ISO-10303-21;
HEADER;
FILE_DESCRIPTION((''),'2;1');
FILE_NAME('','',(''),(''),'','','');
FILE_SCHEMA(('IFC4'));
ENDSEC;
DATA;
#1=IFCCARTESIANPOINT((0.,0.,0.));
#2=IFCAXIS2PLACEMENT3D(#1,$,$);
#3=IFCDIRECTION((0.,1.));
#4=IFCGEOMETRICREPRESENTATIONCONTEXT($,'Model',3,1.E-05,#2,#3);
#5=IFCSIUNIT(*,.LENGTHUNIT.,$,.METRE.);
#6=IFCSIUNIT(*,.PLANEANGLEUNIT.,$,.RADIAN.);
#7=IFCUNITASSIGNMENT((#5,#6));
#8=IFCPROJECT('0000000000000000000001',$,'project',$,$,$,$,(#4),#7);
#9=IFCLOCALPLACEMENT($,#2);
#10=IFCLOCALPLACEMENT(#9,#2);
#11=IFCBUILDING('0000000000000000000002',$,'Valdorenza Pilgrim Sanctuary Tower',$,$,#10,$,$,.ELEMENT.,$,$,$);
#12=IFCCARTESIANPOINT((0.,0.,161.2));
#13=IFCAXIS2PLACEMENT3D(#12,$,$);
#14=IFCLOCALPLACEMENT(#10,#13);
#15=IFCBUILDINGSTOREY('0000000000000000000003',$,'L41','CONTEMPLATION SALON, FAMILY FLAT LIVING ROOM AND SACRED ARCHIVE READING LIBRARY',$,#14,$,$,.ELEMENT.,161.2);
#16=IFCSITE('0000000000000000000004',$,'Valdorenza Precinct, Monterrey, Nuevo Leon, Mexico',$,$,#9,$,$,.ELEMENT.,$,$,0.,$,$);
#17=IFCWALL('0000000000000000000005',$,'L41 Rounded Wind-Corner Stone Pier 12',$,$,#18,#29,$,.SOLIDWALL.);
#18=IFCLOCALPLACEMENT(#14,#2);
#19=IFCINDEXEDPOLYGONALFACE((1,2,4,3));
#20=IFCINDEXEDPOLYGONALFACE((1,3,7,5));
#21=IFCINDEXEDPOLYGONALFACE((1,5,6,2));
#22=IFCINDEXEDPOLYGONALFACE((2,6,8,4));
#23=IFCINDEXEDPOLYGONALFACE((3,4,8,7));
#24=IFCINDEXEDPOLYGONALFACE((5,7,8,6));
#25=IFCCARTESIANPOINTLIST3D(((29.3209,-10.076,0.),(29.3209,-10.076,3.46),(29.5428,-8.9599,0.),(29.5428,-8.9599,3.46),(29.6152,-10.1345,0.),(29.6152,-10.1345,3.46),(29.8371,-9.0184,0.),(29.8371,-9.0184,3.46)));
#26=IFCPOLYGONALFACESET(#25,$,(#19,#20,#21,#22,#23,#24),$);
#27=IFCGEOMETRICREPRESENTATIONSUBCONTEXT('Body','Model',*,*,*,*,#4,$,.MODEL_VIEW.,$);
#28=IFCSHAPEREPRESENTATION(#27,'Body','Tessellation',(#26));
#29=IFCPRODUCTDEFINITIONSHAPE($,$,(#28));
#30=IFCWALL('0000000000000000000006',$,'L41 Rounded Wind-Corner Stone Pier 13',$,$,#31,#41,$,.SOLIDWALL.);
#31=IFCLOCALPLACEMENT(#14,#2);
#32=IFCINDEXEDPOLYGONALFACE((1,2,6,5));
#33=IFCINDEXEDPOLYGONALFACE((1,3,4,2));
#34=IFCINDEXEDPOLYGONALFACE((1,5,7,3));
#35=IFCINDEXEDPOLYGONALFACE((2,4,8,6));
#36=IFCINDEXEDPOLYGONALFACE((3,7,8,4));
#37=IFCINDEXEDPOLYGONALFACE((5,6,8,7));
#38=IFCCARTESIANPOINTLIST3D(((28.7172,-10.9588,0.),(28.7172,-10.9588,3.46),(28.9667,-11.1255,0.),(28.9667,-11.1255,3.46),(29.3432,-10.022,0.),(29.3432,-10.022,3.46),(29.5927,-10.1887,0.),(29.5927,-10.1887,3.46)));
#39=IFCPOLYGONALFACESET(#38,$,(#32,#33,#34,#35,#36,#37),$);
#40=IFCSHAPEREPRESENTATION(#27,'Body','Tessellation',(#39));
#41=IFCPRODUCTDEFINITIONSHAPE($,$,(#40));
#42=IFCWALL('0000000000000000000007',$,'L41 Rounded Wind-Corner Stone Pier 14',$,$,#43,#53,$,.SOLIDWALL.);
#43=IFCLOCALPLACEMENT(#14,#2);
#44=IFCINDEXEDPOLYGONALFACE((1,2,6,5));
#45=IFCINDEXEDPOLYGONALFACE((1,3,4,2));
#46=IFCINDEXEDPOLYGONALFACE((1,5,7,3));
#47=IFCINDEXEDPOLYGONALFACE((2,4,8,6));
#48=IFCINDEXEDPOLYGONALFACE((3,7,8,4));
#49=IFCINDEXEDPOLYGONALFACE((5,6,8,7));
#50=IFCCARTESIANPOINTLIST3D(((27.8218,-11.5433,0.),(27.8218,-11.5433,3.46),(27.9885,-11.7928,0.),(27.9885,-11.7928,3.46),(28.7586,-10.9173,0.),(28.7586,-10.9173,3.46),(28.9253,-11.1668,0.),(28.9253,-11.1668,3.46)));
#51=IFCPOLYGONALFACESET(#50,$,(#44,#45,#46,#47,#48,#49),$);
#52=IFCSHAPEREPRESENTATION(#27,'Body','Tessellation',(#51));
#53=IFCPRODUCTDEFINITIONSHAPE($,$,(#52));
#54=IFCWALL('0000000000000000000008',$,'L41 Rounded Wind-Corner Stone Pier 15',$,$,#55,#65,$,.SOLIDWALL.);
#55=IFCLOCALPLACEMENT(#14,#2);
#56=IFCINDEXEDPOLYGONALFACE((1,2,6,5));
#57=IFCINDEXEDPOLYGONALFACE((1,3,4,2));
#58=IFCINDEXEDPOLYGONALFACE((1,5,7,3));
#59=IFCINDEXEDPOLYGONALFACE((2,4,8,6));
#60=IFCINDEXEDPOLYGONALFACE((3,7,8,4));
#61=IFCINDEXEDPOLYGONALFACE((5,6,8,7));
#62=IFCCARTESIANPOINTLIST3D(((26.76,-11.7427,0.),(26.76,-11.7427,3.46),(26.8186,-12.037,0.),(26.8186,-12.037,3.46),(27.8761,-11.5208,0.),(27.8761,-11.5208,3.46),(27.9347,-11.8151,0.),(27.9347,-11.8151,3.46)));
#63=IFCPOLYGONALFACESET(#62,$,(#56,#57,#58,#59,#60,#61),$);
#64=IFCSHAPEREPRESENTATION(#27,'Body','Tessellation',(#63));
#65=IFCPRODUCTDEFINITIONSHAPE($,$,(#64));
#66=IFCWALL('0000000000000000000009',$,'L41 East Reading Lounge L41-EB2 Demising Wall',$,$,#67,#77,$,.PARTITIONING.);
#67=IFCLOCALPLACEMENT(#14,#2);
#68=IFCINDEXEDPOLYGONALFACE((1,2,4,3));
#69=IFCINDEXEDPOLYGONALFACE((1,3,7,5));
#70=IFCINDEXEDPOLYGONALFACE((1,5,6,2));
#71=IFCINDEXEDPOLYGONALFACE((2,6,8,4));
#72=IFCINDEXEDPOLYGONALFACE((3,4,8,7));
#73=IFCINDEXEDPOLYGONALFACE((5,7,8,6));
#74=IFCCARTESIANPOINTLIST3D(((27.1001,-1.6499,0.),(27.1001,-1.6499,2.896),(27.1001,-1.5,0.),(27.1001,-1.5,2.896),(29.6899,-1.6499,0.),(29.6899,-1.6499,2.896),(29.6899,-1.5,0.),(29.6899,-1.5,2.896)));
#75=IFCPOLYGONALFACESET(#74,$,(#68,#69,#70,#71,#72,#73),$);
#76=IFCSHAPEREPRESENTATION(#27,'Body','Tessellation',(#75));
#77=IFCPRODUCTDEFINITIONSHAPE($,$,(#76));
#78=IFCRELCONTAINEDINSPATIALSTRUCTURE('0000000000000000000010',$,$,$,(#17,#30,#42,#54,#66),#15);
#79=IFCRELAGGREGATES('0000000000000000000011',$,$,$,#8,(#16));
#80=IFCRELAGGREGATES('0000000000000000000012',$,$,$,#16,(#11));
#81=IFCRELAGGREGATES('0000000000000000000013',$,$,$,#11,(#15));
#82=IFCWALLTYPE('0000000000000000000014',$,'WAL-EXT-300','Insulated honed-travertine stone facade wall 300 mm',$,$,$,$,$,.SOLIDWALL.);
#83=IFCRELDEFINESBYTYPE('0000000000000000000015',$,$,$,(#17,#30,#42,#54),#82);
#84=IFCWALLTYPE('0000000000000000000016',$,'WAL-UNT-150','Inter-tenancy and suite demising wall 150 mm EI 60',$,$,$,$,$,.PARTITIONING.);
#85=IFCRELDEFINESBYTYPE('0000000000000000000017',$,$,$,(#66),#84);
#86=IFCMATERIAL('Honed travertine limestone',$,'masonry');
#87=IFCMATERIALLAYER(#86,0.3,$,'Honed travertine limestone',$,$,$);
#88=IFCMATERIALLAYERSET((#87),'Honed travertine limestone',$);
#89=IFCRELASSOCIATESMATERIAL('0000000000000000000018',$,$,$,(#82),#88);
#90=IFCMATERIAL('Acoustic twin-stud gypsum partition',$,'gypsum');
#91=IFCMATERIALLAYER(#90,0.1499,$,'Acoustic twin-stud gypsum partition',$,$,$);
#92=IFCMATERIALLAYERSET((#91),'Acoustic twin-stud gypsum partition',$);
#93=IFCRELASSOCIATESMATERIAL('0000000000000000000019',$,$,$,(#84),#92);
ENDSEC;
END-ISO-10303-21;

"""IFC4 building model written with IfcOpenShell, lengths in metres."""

from ifc_helpers import new_model, si_unit, direction, frame, frame_2d, origin, place, context, subcontext, project, spatial, rectangle, extrude, material, layer, layer_set, type_object, element, save


model = new_model("IFC4")

# Units and contexts
model_context = context("Model", 3, precision=1e-05, world=origin(), true_north=direction((0.0, 1.0)))
body_context = subcontext(model_context, "Body", "Model", "MODEL_VIEW")
ifc_project = project(units=[si_unit("LENGTHUNIT", "METRE"), si_unit("PLANEANGLEUNIT", "RADIAN")], contexts=[model_context])

# Site, building, storey
site_placement = place(None, origin())
site = spatial("IfcSite", under=ifc_project, at=site_placement, Name="Valdorenza Precinct, Monterrey, Nuevo Leon, Mexico", CompositionType="ELEMENT", RefElevation=0.0)
building_placement = place(site_placement, origin())
building = spatial("IfcBuilding", under=site, at=building_placement, Name="Valdorenza Pilgrim Sanctuary Tower", CompositionType="ELEMENT")
storey_placement = place(building_placement, frame((0.0, 0.0, 161.2)))
storey = spatial("IfcBuildingStorey", under=building, at=storey_placement, Name="L41", Description="CONTEMPLATION SALON, FAMILY FLAT LIVING ROOM AND SACRED ARCHIVE READING LIBRARY", CompositionType="ELEMENT", Elevation=161.2)

# Shared definitions
ifc_material_1 = material(Name="Honed travertine limestone", Category="masonry")

# Shared definitions
ifc_material_2 = material(Name="Acoustic twin-stud gypsum partition", Category="gypsum")

# Walls
ifc_layer_1 = layer(ifc_material_1, 0.3, Name="Honed travertine limestone")
ifc_layer_set_1 = layer_set([ifc_layer_1], Name="Honed travertine limestone")
wall_type_1 = type_object("IfcWallType", Name="WAL-EXT-300", Description="Insulated honed-travertine stone facade wall 300 mm", PredefinedType="SOLIDWALL", material=ifc_layer_set_1)
wall_1_placement = place(storey_placement, frame((29.6899, -8.9893, 0.0), z_axis=(0.0, 0.0, 1.0), x_axis=(-0.195043, -0.980795, 0.0)))
element("IfcWall", 1, at=wall_1_placement, inside=storey, type_object=wall_type_1, Name="L41 Rounded Wind-Corner Stone Pier 12", PredefinedType="SOLIDWALL", context=body_context, shape_type="SweptSolid", body=[
    extrude(rectangle(XDim=1.1379, YDim=0.3, at=frame_2d((0.5688, 0.0))), origin(), (0.0, 0.0, 1.0), 3.46),
])
for number, where, z_axis, x_axis, name in (
    (2, (29.468, -10.1052, 0.0), (0.0, 0.0, 1.0), (-0.5556, -0.83145, 0.0), "L41 Rounded Wind-Corner Stone Pier 13"),
    (3, (28.842, -11.042, 0.0), (0.0, 0.0, 1.0), (-0.83145, -0.5556, 0.0), "L41 Rounded Wind-Corner Stone Pier 14"),
):
    element("IfcWall", number, at=place(storey_placement, frame(where, z_axis=z_axis, x_axis=x_axis)), inside=storey, type_object=wall_type_1, Name=name, PredefinedType="SOLIDWALL", context=body_context, shape_type="SweptSolid", body=[
        extrude(rectangle(XDim=1.1267, YDim=0.3, at=frame_2d((0.5635, 0.0))), origin(), (0.0, 0.0, 1.0), 3.46),
    ])
wall_2_placement = place(storey_placement, frame((27.9053, -11.668, 0.0), z_axis=(0.0, 0.0, 1.0), x_axis=(-0.980795, -0.195043, 0.0)))
element("IfcWall", 4, at=wall_2_placement, inside=storey, type_object=wall_type_1, Name="L41 Rounded Wind-Corner Stone Pier 15", PredefinedType="SOLIDWALL", context=body_context, shape_type="SweptSolid", body=[
    extrude(rectangle(XDim=1.1379, YDim=0.3, at=frame_2d((0.5688, 0.0))), origin(), (0.0, 0.0, 1.0), 3.46),
])
ifc_layer_2 = layer(ifc_material_2, 0.1499, Name="Acoustic twin-stud gypsum partition")
ifc_layer_set_2 = layer_set([ifc_layer_2], Name="Acoustic twin-stud gypsum partition")
wall_type_2 = type_object("IfcWallType", Name="WAL-UNT-150", Description="Inter-tenancy and suite demising wall 150 mm EI 60", PredefinedType="PARTITIONING", material=ifc_layer_set_2)
wall_3_placement = place(storey_placement, frame((27.1001, -1.575, 0.0), z_axis=(0.0, 0.0, 1.0), x_axis=(1.0, 0.0, 0.0)))
element("IfcWall", 5, at=wall_3_placement, inside=storey, type_object=wall_type_2, Name="L41 East Reading Lounge L41-EB2 Demising Wall", PredefinedType="PARTITIONING", context=body_context, shape_type="SweptSolid", body=[
    extrude(rectangle(XDim=2.5898, YDim=0.1499, at=frame_2d((1.2949, 0.0))), origin(), (0.0, 0.0, 1.0), 2.896),
])

save(model, "model.ifc")
